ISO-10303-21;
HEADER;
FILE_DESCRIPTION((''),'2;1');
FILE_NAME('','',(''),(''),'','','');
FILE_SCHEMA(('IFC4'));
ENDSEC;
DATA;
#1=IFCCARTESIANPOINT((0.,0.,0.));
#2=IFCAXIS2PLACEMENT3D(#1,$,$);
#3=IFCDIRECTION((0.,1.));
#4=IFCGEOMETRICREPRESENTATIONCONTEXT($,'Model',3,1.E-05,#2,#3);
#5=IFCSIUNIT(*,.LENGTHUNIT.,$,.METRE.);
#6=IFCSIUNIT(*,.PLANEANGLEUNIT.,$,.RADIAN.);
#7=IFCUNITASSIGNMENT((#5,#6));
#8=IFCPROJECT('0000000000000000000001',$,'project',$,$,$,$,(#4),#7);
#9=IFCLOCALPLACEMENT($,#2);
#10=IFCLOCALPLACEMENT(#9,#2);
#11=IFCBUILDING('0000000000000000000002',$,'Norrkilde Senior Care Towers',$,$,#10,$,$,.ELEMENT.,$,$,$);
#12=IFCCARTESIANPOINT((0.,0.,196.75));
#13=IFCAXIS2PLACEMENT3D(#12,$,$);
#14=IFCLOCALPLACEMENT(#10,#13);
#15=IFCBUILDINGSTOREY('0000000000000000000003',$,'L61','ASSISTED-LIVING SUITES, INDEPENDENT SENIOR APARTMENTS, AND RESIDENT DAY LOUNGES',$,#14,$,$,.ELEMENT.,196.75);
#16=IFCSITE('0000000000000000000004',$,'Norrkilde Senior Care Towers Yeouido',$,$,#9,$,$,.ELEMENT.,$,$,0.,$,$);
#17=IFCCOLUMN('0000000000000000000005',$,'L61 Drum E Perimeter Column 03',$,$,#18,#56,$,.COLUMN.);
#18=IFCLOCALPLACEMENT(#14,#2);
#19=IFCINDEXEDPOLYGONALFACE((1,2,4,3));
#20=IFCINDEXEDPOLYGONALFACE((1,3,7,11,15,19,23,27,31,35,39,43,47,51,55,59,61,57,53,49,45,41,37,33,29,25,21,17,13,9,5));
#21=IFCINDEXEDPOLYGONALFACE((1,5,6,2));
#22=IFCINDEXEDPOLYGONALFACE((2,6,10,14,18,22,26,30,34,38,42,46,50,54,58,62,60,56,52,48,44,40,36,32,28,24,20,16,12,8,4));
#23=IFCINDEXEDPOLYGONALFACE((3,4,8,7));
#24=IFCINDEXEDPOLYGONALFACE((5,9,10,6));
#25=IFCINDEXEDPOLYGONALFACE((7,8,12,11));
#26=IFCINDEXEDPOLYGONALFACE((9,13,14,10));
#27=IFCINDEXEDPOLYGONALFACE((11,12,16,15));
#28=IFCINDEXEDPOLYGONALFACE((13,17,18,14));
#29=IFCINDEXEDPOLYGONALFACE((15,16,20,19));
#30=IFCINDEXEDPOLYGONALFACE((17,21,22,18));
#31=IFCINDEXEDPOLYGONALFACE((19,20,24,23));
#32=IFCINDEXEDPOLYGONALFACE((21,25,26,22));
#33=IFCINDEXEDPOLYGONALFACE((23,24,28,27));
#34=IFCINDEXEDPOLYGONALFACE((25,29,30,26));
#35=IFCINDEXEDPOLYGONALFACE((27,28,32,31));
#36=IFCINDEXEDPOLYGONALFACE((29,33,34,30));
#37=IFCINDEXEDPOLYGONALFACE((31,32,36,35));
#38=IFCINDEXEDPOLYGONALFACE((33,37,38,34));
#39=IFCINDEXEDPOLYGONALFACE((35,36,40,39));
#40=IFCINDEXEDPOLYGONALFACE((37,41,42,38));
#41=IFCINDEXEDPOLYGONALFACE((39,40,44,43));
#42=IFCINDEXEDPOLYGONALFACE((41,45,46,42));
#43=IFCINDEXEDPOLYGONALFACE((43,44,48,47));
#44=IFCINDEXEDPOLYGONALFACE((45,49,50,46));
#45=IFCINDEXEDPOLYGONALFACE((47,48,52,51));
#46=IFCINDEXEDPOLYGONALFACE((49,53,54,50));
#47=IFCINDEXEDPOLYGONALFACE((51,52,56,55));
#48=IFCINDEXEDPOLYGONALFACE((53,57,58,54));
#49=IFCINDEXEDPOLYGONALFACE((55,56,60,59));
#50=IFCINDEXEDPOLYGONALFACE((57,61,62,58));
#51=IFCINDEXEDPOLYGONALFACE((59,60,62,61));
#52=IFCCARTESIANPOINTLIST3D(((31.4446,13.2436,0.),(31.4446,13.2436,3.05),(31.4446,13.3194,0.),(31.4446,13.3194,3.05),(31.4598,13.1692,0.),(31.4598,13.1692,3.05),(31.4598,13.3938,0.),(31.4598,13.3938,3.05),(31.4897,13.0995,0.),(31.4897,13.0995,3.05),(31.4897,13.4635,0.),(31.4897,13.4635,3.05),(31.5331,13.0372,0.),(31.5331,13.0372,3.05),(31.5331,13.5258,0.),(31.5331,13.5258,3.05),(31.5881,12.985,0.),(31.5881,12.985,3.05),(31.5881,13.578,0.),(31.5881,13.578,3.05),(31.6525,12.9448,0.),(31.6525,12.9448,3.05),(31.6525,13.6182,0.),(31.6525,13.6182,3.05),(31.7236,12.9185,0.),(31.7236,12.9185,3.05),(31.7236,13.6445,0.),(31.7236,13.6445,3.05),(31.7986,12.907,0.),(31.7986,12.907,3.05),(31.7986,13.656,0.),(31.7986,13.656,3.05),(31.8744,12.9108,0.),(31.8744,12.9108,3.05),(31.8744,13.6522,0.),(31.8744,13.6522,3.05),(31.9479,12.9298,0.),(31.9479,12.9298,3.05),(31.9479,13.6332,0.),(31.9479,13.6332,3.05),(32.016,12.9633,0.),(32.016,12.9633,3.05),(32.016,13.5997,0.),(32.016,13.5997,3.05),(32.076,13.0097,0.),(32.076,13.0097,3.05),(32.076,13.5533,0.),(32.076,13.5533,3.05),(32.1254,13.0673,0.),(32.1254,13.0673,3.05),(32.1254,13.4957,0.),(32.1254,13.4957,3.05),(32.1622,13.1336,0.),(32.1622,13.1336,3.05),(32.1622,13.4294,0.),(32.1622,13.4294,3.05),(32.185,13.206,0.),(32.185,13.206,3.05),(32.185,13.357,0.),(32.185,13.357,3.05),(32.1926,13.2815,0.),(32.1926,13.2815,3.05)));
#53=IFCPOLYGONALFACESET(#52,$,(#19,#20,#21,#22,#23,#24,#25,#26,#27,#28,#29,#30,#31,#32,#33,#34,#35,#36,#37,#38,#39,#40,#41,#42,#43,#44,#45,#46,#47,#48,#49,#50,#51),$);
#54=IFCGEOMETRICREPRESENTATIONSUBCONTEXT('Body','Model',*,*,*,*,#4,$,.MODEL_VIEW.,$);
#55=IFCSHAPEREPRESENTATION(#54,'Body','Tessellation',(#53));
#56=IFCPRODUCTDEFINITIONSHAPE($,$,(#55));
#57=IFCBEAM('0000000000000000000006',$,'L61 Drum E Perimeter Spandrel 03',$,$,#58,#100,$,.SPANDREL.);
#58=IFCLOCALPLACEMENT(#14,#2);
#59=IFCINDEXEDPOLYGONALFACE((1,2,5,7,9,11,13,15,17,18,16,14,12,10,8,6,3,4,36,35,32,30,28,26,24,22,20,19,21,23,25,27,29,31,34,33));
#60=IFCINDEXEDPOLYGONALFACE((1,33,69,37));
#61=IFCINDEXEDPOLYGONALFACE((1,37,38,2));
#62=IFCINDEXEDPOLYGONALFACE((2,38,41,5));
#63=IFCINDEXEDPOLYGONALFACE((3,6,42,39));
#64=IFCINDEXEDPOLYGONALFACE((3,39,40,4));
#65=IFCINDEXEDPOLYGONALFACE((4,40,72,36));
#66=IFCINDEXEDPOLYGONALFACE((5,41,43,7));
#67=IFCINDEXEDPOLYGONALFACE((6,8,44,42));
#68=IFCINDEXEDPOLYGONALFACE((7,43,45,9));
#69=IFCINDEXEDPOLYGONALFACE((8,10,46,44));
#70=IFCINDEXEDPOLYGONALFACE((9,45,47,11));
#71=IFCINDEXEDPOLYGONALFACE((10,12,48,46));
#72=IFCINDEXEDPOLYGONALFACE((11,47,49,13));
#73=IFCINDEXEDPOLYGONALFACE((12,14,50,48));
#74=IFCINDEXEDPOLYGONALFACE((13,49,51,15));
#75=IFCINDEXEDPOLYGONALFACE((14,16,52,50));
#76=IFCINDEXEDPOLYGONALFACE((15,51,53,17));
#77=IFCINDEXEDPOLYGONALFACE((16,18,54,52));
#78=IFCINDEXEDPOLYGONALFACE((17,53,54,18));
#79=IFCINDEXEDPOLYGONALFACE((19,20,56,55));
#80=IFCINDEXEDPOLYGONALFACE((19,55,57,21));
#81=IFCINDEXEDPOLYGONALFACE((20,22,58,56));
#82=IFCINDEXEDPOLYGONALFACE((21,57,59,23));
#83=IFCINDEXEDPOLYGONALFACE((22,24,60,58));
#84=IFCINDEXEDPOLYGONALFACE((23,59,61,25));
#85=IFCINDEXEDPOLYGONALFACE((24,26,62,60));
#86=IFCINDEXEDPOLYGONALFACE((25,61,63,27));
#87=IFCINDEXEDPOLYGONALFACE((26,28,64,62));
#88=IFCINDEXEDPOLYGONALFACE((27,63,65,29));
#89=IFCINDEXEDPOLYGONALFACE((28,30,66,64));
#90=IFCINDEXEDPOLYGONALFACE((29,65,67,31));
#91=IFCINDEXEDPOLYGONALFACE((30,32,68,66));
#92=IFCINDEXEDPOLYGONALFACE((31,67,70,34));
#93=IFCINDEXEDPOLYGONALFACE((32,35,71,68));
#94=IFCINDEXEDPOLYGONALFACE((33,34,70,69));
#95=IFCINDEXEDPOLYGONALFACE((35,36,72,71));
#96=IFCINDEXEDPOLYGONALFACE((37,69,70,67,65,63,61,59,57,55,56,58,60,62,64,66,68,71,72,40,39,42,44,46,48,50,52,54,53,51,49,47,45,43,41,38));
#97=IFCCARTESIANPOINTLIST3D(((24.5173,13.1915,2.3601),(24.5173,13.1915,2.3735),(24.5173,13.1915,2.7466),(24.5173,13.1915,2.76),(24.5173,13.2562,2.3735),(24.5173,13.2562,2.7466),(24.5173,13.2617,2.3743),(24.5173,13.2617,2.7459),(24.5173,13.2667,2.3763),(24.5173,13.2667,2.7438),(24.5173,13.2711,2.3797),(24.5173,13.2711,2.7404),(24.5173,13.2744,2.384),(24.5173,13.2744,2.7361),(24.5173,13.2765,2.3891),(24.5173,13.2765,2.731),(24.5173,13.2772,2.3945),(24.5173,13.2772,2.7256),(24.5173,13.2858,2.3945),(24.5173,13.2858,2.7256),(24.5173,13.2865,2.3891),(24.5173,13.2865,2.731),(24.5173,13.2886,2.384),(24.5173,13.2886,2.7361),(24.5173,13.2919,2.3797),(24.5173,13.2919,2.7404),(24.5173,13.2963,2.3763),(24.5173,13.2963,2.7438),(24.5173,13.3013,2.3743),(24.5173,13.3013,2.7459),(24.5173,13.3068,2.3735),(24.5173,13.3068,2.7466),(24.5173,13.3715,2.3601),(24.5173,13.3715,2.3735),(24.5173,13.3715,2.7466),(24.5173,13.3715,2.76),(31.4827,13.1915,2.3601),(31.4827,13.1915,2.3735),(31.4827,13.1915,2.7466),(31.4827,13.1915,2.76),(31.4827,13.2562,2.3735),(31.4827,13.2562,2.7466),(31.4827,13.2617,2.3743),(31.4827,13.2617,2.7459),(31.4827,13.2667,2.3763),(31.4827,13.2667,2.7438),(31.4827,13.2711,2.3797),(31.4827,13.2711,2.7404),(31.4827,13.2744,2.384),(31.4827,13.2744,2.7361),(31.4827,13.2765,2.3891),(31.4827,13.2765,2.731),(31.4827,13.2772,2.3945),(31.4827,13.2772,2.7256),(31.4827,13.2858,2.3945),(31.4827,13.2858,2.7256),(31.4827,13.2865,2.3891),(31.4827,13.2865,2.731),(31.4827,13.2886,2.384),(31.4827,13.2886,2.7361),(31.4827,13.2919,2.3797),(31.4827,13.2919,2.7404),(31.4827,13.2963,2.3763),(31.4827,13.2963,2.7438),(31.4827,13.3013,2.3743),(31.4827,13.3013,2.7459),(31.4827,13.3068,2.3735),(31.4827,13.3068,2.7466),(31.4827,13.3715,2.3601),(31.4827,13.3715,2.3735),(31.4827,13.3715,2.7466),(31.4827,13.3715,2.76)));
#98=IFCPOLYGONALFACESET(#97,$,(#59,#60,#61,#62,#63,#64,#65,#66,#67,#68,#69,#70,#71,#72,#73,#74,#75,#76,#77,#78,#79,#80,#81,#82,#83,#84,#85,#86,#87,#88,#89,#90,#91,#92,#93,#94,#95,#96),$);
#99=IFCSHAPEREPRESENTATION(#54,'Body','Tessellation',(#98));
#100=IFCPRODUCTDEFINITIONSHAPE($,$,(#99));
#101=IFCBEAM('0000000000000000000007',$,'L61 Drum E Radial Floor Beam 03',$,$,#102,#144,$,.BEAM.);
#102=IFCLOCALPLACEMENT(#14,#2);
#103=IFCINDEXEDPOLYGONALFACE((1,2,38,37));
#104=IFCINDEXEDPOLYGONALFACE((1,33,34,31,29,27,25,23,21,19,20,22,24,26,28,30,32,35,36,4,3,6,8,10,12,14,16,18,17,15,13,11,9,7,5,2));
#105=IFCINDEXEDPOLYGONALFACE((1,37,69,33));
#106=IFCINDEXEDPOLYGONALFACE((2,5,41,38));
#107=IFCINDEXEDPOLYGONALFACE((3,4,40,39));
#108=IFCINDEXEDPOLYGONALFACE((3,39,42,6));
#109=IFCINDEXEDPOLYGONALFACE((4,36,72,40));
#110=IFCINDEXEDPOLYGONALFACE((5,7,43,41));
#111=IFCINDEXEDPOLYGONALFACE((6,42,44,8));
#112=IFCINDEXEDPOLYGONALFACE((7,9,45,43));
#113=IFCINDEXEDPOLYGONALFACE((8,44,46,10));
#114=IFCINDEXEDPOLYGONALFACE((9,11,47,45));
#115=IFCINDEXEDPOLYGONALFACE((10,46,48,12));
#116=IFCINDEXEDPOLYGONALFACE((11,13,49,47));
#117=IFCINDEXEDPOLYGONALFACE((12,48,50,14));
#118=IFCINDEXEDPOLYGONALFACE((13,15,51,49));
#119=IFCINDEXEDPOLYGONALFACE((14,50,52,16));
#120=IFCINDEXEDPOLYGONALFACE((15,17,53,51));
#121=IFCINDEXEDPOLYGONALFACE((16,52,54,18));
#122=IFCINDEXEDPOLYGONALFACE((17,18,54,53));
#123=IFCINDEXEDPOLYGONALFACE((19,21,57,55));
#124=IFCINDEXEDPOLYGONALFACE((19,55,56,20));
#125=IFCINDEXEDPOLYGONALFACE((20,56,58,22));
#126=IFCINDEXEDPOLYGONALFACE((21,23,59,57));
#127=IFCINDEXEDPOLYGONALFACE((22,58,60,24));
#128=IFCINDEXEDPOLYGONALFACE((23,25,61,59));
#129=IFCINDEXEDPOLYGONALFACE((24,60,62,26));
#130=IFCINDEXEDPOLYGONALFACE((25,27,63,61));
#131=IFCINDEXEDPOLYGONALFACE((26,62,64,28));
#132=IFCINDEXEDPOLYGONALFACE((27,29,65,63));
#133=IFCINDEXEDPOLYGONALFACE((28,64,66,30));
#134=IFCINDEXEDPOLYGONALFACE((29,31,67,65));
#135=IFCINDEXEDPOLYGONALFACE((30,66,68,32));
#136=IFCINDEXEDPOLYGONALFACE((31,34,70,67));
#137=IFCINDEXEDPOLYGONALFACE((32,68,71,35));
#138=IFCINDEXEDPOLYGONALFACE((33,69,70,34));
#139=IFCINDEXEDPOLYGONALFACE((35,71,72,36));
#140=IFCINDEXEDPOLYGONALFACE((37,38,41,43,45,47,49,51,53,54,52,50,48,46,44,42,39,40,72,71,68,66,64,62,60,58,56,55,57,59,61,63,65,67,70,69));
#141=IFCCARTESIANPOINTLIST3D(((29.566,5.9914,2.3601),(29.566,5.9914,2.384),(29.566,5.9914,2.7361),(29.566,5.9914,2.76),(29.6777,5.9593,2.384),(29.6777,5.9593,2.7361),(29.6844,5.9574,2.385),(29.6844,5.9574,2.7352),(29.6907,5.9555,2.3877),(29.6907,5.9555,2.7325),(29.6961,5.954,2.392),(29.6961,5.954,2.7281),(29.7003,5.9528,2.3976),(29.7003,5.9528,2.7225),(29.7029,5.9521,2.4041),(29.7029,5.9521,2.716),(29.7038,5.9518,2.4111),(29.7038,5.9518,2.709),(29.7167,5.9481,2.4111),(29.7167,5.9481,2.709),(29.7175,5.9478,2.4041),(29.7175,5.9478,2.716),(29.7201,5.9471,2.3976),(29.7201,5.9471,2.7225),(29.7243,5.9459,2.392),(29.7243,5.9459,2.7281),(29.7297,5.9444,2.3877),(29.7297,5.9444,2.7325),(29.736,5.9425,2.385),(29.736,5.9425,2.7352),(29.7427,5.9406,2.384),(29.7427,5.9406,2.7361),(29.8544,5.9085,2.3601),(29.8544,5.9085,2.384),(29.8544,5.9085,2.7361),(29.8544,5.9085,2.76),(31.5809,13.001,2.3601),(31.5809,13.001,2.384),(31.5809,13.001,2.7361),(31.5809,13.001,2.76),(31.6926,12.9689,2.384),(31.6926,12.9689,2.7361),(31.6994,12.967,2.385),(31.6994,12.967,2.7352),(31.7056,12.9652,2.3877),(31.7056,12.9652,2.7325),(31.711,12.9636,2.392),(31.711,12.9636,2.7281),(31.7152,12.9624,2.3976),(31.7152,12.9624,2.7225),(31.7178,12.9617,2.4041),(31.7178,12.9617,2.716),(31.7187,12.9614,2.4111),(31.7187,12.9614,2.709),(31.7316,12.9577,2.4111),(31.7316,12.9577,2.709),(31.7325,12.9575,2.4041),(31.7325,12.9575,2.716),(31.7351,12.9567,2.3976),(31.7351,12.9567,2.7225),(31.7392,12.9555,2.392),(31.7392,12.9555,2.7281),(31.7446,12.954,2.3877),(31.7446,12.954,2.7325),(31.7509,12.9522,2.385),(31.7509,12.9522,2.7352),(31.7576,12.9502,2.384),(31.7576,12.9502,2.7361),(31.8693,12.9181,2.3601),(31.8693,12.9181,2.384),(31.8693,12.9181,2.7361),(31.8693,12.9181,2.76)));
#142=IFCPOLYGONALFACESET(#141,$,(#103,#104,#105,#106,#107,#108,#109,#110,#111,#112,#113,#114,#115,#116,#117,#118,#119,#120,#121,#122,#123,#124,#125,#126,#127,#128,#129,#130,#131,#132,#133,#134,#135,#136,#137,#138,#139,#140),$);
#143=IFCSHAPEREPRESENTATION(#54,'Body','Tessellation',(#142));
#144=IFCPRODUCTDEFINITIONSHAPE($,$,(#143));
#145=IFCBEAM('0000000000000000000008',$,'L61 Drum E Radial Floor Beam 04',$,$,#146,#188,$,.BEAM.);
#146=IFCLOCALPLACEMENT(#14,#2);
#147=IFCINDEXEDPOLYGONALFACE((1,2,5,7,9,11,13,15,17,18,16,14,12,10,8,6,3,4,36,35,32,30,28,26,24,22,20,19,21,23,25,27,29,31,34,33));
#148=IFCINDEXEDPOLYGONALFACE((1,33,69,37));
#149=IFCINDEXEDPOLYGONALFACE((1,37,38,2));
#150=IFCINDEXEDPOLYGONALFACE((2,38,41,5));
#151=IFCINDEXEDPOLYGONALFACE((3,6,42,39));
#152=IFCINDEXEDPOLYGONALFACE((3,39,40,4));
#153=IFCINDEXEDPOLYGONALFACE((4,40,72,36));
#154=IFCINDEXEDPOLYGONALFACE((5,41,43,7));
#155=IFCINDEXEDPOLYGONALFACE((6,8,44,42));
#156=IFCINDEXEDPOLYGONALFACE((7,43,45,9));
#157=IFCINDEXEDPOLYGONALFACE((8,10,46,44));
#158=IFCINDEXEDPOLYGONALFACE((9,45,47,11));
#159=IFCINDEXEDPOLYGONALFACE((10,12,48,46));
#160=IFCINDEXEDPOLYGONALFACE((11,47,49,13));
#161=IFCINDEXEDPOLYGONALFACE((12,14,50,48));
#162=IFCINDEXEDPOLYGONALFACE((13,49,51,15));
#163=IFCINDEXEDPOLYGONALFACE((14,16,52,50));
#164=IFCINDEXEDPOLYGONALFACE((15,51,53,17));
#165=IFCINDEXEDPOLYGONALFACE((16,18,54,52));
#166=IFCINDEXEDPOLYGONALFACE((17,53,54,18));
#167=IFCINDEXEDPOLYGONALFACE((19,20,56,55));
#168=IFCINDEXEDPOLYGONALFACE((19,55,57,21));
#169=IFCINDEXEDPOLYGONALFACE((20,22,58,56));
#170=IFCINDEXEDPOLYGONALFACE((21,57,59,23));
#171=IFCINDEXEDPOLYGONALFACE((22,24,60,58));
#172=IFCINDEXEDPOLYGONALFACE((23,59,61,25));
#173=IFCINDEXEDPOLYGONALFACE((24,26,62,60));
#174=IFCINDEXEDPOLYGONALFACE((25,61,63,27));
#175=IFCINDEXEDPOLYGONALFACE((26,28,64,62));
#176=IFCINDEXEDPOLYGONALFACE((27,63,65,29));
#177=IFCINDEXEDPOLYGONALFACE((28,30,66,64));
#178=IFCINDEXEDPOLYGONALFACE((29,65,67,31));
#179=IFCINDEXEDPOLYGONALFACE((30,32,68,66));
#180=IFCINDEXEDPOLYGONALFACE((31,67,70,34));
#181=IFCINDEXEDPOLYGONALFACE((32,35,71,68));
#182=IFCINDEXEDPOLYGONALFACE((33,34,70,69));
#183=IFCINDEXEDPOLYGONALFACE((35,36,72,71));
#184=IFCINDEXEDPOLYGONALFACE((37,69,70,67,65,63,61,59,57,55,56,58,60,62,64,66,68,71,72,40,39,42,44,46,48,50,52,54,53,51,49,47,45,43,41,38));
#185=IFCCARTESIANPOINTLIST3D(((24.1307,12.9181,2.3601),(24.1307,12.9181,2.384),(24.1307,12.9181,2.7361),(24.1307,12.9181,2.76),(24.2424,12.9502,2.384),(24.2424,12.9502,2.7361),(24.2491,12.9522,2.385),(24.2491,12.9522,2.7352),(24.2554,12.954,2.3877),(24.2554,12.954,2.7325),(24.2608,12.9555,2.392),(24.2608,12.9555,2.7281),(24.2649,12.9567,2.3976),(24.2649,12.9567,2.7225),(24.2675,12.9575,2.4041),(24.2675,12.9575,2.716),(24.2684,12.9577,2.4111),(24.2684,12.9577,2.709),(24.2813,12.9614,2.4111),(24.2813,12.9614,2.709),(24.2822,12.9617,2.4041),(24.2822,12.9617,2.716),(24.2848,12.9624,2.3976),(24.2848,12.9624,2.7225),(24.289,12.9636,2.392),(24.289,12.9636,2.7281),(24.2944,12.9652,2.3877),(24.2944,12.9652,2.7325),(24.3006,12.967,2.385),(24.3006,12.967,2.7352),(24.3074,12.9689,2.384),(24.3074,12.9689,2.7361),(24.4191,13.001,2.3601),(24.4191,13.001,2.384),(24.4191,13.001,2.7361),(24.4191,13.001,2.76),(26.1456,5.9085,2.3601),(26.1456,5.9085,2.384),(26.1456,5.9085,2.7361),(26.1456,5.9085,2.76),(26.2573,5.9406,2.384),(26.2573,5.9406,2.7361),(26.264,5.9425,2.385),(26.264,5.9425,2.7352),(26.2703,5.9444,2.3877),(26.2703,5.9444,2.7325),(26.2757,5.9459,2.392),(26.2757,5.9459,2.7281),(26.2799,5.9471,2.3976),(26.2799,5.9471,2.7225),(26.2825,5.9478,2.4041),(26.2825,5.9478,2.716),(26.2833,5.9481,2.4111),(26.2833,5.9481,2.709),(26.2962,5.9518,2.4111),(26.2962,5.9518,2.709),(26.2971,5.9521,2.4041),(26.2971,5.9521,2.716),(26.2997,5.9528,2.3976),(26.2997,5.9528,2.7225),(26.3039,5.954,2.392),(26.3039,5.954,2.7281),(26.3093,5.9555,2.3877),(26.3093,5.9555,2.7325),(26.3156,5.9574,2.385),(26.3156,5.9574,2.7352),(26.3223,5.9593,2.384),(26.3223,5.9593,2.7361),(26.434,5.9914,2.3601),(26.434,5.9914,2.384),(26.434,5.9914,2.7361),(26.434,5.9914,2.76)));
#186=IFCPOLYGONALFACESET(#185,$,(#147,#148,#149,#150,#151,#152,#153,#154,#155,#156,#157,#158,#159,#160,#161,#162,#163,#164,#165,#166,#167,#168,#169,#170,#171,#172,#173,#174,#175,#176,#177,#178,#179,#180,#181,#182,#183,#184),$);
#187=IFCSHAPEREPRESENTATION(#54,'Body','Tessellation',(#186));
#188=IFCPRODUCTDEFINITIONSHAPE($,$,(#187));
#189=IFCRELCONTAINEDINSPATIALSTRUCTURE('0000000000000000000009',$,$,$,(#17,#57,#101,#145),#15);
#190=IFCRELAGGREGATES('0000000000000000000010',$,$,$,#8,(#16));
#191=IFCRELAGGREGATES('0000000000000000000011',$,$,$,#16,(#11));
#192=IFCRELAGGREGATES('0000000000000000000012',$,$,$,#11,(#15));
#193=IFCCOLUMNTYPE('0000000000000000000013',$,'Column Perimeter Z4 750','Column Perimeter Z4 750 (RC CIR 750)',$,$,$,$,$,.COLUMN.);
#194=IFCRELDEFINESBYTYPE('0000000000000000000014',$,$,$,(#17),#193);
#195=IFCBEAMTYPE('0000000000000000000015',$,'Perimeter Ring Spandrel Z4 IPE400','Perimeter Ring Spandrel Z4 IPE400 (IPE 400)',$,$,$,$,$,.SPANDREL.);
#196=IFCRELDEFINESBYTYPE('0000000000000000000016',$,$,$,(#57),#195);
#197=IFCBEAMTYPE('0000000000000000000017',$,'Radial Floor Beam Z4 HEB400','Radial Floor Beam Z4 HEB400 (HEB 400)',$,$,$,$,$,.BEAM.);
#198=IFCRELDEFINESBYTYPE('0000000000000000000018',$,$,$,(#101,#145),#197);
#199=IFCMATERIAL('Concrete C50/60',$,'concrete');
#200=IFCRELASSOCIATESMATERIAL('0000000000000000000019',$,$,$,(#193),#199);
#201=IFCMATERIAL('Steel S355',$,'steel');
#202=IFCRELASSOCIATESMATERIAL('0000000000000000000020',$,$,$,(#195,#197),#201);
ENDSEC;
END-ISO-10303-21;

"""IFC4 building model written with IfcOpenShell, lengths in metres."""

from ifc_helpers import new_model, si_unit, direction, frame, origin, origin_2d, place, context, subcontext, project, spatial, circle, i_section, extrude, source, transform, mapped, material, material_profile, profile_set, type_object, type_shapes, element, save


model = new_model("IFC4")

# Units and contexts
model_context = context("Model", 3, precision=1e-05, world=origin(), true_north=direction((0.0, 1.0)))
body_context = subcontext(model_context, "Body", "Model", "MODEL_VIEW")
ifc_project = project(units=[si_unit("LENGTHUNIT", "METRE"), si_unit("PLANEANGLEUNIT", "RADIAN")], contexts=[model_context])

# Site, building, storey
site_placement = place(None, origin())
site = spatial("IfcSite", under=ifc_project, at=site_placement, Name="Norrkilde Senior Care Towers Yeouido", CompositionType="ELEMENT", RefElevation=0.0)
building_placement = place(site_placement, origin())
building = spatial("IfcBuilding", under=site, at=building_placement, Name="Norrkilde Senior Care Towers", CompositionType="ELEMENT")
storey_placement = place(building_placement, frame((0.0, 0.0, 196.75)))
storey = spatial("IfcBuildingStorey", under=building, at=storey_placement, Name="L61", Description="ASSISTED-LIVING SUITES, INDEPENDENT SENIOR APARTMENTS, AND RESIDENT DAY LOUNGES", CompositionType="ELEMENT", Elevation=196.75)

# Column
ifc_material_1 = material(Name="Concrete C50/60", Category="concrete")
ifc_material_profile_1 = material_profile(ifc_material_1, circle(Radius=0.375, at=origin_2d()), Name="RC CIR 750")
ifc_profile_set_1 = profile_set([ifc_material_profile_1], Name="Concrete C50/60")
column_type = type_object("IfcColumnType", Name="Column Perimeter Z4 750", Description="Column Perimeter Z4 750 (RC CIR 750)", PredefinedType="COLUMN", material=ifc_profile_set_1)
shared_shape_1 = source(origin(), body_context, "Body", "SweptSolid", [
    extrude(circle(Radius=0.375, at=origin_2d()), origin(), (0.0, 0.0, 1.0), 3.05),
])
type_shapes(column_type, [shared_shape_1])
column_placement = place(storey_placement, frame((31.8176, 13.2815, 0.0), z_axis=(0.0, 0.0, 1.0), x_axis=(1.0, 0.0, 0.0)))
element("IfcColumn", 1, at=column_placement, inside=storey, type_object=column_type, Name="L61 Drum E Perimeter Column 03", PredefinedType="COLUMN", context=body_context, shape_type="MappedRepresentation", body=[
    mapped(shared_shape_1, transform((0.0, 0.0, 0.0), x_axis=(1.0, 0.0, 0.0), y_axis=(0.0, 1.0, 0.0), z_axis=(0.0, 0.0, 1.0), scale=1.0)),
])

# Beams
ifc_material_2 = material(Name="Steel S355", Category="steel")
ifc_material_profile_2 = material_profile(ifc_material_2, i_section(OverallWidth=0.1799, OverallDepth=0.3999, WebThickness=0.0085, FlangeThickness=0.0134, FilletRadius=0.021, at=origin_2d()), Name="IPE 400")
ifc_profile_set_2 = profile_set([ifc_material_profile_2], Name="Steel S355")
beam_type_1 = type_object("IfcBeamType", Name="Perimeter Ring Spandrel Z4 IPE400", Description="Perimeter Ring Spandrel Z4 IPE400 (IPE 400)", PredefinedType="SPANDREL", material=ifc_profile_set_2)
shared_shape_2 = source(origin(), body_context, "Body", "SweptSolid", [
    extrude(i_section(OverallWidth=0.1799, OverallDepth=0.3999, WebThickness=0.0085, FlangeThickness=0.0134, FilletRadius=0.021, at=origin_2d()), origin(), (0.0, 0.0, 1.0), 6.9653),
])
type_shapes(beam_type_1, [shared_shape_2])
beam_1_placement = place(storey_placement, frame((31.4827, 13.2815, 2.5601), z_axis=(-1.0, 0.0, 0.0), x_axis=(0.0, -1.0, 0.0)))
element("IfcBeam", 2, at=beam_1_placement, inside=storey, type_object=beam_type_1, Name="L61 Drum E Perimeter Spandrel 03", PredefinedType="SPANDREL", context=body_context, shape_type="MappedRepresentation", body=[
    mapped(shared_shape_2, transform((0.0, 0.0, 0.0), x_axis=(1.0, 0.0, 0.0), y_axis=(0.0, 1.0, 0.0), z_axis=(0.0, 0.0, 1.0), scale=1.0)),
])
ifc_material_profile_3 = material_profile(ifc_material_2, i_section(OverallWidth=0.3, OverallDepth=0.3999, WebThickness=0.0134, FlangeThickness=0.0239, FilletRadius=0.0271, at=origin_2d()), Name="HEB 400")
ifc_profile_set_3 = profile_set([ifc_material_profile_3], Name="Steel S355")
beam_type_2 = type_object("IfcBeamType", Name="Radial Floor Beam Z4 HEB400", Description="Radial Floor Beam Z4 HEB400 (HEB 400)", PredefinedType="BEAM", material=ifc_profile_set_3)
shared_shape_3 = source(origin(), body_context, "Body", "SweptSolid", [
    extrude(i_section(OverallWidth=0.3, OverallDepth=0.3999, WebThickness=0.0134, FlangeThickness=0.0239, FilletRadius=0.0271, at=origin_2d()), origin(), (0.0, 0.0, 1.0), 7.2935),
])
type_shapes(beam_type_2, [shared_shape_3])
for number, where, z_axis, x_axis, name in (
    (3, (29.7102, 5.95, 2.5601), (0.276264, 0.961082, 0.0), (-0.961082, 0.276264, 0.0), "L61 Drum E Radial Floor Beam 03"),
    (4, (26.2898, 5.95, 2.5601), (-0.276264, 0.961082, 0.0), (-0.961082, -0.276264, 0.0), "L61 Drum E Radial Floor Beam 04"),
):
    element("IfcBeam", number, at=place(storey_placement, frame(where, z_axis=z_axis, x_axis=x_axis)), inside=storey, type_object=beam_type_2, Name=name, PredefinedType="BEAM", context=body_context, shape_type="MappedRepresentation", body=[
        mapped(shared_shape_3, transform((0.0, 0.0, 0.0), x_axis=(1.0, 0.0, 0.0), y_axis=(0.0, 1.0, 0.0), z_axis=(0.0, 0.0, 1.0), scale=1.0)),
    ])

save(model, "model.ifc")
